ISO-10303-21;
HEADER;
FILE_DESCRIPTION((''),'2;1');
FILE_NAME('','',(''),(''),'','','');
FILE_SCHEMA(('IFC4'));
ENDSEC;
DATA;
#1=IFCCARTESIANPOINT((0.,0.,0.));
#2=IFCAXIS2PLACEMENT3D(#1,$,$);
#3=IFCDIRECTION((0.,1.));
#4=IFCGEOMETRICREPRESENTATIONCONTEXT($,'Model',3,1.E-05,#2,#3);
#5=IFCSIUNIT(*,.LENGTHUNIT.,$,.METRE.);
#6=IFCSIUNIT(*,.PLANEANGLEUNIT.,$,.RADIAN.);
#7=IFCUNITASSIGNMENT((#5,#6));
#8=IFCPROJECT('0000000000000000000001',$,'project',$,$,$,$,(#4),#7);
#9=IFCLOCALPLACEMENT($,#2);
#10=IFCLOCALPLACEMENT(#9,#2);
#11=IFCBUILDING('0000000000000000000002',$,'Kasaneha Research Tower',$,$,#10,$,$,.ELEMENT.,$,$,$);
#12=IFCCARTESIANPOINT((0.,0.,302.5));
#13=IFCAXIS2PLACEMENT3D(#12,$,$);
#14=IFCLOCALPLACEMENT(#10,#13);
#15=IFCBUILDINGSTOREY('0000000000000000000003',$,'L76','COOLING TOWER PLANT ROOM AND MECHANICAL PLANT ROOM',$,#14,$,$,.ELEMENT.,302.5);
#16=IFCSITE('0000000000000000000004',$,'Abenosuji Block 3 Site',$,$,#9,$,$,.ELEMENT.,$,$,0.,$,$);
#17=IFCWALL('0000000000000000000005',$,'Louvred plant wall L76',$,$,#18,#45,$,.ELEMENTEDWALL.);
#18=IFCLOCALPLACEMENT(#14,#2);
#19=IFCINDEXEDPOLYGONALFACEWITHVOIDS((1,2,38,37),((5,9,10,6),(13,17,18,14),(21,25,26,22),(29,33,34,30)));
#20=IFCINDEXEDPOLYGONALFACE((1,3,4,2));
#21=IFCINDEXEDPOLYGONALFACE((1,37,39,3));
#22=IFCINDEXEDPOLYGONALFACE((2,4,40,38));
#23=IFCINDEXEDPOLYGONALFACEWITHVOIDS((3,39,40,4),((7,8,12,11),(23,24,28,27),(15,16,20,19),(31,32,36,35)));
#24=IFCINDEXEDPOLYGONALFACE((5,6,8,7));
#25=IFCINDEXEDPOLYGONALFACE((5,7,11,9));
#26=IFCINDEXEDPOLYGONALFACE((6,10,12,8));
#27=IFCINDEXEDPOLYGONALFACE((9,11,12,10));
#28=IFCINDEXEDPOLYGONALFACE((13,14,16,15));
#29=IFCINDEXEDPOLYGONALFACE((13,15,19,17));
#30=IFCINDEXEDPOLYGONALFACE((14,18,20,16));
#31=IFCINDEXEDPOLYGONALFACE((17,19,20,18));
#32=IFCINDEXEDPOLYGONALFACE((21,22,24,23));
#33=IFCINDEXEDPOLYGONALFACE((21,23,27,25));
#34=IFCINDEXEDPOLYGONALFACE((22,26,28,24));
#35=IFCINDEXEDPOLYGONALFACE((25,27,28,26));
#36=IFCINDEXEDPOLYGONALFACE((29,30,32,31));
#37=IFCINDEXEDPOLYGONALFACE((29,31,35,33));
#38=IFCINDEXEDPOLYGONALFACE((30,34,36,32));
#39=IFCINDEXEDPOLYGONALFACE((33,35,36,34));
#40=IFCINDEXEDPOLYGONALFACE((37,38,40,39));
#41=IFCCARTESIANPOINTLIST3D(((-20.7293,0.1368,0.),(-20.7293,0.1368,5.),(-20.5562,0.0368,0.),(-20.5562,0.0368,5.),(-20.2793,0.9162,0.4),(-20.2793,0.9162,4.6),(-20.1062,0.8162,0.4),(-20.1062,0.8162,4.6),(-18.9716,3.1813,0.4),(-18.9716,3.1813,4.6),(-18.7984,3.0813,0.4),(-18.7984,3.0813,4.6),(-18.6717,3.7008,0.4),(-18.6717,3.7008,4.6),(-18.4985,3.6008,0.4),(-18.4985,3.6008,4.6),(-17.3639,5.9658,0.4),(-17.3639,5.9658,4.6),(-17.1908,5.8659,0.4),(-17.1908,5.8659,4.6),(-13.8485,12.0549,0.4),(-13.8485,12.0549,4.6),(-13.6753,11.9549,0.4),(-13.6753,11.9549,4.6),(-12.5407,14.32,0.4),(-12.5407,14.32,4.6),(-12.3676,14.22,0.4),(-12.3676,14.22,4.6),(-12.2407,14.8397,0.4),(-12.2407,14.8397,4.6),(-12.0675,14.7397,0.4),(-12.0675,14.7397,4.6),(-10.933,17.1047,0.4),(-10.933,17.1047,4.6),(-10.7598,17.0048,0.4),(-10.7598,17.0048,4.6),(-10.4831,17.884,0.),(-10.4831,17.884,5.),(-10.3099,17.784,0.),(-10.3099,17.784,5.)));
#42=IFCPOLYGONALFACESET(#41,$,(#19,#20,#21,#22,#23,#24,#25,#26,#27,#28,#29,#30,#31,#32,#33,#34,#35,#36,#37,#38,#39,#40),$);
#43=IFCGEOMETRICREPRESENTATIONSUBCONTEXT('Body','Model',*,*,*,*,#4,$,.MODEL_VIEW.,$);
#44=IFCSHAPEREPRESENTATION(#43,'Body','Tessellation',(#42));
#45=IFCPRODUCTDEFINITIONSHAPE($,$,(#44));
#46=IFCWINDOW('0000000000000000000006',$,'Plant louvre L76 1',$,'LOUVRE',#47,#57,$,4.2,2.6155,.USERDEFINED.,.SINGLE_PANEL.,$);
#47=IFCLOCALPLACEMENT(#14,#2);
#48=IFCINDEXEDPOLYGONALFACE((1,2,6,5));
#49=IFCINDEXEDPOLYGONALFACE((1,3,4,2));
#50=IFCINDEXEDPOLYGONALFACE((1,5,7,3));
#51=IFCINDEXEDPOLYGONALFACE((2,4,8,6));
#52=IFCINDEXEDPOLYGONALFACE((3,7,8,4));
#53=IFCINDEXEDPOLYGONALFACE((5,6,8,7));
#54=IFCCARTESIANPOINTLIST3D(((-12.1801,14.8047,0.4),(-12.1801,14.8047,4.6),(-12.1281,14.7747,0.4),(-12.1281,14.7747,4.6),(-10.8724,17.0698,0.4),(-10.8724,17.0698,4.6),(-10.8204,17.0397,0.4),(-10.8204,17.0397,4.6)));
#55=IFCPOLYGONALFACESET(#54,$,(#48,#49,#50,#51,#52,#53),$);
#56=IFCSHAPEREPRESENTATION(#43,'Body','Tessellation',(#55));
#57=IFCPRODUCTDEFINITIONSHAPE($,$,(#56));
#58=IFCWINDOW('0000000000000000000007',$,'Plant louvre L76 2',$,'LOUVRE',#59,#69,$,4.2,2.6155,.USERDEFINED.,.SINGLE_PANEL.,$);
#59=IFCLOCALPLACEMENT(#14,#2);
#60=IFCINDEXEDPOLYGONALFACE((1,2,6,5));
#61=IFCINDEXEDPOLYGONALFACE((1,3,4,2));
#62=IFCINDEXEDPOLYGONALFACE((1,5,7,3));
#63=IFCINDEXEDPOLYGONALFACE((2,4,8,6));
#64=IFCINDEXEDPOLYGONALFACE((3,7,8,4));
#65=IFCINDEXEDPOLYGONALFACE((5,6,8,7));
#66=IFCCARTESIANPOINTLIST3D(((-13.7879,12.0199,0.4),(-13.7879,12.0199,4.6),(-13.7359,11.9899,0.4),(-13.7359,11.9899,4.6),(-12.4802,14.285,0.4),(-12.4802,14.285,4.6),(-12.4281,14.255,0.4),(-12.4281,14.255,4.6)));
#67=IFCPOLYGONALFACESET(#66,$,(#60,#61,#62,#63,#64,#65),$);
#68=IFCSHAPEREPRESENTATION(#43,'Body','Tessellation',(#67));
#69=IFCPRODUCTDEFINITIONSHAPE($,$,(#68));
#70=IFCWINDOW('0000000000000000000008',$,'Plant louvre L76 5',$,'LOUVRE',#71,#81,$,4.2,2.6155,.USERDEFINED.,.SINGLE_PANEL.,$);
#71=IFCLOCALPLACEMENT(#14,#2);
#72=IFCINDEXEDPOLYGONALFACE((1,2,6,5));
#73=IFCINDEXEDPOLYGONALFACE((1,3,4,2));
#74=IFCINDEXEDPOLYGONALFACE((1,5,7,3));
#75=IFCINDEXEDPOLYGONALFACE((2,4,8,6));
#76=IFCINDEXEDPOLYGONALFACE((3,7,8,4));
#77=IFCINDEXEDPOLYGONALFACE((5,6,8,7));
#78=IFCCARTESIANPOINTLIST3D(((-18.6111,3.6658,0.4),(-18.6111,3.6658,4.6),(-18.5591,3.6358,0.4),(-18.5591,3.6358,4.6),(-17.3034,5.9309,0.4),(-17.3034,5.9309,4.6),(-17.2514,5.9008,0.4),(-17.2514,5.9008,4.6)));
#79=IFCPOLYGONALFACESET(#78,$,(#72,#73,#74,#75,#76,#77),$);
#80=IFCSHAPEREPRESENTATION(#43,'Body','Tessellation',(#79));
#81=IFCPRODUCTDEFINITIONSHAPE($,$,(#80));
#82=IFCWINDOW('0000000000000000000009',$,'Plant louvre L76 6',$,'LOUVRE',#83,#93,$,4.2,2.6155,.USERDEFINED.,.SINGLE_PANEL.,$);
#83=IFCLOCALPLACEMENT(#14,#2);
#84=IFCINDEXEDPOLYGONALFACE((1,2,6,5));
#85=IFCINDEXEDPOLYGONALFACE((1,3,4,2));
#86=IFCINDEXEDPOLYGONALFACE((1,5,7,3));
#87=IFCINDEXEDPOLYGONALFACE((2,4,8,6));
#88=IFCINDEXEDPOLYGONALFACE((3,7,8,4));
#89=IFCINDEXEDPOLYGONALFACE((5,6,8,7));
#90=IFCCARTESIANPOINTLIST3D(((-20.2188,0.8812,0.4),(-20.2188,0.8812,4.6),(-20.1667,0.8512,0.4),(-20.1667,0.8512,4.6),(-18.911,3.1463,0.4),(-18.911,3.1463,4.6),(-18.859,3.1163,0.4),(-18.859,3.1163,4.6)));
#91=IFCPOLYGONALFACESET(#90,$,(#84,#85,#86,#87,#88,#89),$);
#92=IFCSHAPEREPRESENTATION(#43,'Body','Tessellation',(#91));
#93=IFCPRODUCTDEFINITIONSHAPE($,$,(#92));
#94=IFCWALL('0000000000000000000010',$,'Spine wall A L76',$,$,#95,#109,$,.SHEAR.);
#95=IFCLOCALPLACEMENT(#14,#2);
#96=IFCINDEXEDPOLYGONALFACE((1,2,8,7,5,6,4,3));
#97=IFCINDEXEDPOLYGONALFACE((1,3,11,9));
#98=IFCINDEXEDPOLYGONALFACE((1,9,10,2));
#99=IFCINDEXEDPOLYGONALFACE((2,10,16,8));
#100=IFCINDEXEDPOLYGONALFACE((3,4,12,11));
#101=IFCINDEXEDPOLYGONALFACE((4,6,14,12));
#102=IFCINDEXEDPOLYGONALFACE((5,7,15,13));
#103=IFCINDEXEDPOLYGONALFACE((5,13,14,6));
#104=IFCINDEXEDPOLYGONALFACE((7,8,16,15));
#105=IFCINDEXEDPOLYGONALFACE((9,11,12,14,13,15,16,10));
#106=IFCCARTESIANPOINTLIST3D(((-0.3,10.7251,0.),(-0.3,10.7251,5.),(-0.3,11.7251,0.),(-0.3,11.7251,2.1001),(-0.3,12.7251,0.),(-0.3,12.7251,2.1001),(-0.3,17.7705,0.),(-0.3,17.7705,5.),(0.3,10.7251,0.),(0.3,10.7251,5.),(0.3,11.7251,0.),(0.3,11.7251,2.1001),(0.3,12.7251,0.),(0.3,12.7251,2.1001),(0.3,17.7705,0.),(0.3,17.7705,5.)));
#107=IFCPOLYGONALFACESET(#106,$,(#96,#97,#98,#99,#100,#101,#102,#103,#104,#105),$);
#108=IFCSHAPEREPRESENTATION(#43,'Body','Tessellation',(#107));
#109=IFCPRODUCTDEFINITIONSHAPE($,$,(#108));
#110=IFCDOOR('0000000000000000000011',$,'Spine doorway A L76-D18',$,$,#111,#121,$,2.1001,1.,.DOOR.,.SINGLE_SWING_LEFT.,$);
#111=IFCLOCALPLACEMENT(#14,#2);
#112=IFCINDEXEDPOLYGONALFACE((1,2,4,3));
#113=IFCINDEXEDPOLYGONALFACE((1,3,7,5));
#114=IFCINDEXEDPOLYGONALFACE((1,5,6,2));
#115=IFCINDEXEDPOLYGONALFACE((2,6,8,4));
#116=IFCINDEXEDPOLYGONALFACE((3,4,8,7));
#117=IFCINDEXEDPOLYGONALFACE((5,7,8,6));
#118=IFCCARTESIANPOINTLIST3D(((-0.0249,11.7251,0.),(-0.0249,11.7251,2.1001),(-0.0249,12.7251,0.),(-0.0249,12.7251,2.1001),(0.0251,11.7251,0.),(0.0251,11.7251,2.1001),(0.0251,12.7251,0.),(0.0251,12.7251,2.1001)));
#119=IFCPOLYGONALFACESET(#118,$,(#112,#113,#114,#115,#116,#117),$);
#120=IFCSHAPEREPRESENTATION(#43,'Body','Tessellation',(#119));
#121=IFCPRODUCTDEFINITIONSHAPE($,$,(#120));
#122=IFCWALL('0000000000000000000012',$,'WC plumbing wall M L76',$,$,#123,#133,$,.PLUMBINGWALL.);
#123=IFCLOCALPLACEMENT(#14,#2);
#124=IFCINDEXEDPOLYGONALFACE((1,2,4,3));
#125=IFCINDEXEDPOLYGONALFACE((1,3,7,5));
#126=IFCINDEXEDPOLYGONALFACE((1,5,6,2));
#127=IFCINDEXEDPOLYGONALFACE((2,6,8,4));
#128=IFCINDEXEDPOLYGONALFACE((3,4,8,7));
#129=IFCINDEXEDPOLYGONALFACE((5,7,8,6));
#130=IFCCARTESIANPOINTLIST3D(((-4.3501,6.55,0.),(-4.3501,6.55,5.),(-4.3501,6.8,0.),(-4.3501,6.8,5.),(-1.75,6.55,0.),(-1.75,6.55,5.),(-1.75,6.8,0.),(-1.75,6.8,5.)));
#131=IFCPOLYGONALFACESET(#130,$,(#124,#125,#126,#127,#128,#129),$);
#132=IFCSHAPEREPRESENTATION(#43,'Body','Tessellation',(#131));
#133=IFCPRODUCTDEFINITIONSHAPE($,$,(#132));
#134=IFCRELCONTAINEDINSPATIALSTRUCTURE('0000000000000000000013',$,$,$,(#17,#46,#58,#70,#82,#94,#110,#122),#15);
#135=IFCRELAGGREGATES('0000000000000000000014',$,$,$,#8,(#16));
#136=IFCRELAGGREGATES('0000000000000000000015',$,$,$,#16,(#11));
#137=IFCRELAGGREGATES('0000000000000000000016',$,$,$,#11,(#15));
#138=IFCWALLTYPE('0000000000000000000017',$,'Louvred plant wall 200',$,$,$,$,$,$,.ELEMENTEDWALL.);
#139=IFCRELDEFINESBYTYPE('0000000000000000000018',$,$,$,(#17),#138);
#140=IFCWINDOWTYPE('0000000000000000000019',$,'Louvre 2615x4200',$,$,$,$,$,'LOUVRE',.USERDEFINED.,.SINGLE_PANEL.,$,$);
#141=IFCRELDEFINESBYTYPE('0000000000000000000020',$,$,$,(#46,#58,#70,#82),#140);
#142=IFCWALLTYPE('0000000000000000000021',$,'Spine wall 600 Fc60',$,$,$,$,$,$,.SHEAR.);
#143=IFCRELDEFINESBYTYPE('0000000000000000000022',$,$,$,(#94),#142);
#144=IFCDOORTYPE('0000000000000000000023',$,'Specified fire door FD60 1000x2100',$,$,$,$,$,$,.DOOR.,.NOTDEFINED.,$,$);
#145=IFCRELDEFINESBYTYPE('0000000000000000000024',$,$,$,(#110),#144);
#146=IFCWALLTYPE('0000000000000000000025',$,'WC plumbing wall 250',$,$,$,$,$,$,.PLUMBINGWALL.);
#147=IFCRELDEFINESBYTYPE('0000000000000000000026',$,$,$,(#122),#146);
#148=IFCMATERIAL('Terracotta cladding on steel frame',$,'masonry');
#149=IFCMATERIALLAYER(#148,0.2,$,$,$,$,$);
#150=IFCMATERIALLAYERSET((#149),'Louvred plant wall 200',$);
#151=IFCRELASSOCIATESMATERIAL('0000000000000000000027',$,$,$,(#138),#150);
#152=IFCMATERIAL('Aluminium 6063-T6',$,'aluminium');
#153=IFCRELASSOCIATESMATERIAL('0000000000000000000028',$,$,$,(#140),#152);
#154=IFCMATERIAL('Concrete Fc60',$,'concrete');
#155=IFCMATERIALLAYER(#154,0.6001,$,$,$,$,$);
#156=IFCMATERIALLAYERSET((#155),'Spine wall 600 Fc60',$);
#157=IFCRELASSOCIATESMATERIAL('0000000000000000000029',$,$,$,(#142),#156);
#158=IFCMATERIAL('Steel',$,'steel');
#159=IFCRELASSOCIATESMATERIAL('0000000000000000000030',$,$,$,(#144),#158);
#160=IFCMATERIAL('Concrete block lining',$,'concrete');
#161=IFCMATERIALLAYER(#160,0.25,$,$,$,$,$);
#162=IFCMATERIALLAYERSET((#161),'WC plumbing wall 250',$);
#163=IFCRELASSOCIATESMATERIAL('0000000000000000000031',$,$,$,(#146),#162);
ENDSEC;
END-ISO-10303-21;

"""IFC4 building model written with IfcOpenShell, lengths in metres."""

from ifc_helpers import new_model, si_unit, direction, frame, frame_2d, origin, place, context, subcontext, project, spatial, rectangle, extrude, material, layer, layer_set, type_object, element, fill, save


model = new_model("IFC4")

# Units and contexts
model_context = context("Model", 3, precision=1e-05, world=origin(), true_north=direction((0.0, 1.0)))
body_context = subcontext(model_context, "Body", "Model", "MODEL_VIEW")
ifc_project = project(units=[si_unit("LENGTHUNIT", "METRE"), si_unit("PLANEANGLEUNIT", "RADIAN")], contexts=[model_context])

# Site, building, storey
site_placement = place(None, origin())
site = spatial("IfcSite", under=ifc_project, at=site_placement, Name="Abenosuji Block 3 Site", CompositionType="ELEMENT", RefElevation=0.0)
building_placement = place(site_placement, origin())
building = spatial("IfcBuilding", under=site, at=building_placement, Name="Kasaneha Research Tower", CompositionType="ELEMENT")
storey_placement = place(building_placement, frame((0.0, 0.0, 302.5)))
storey = spatial("IfcBuildingStorey", under=building, at=storey_placement, Name="L76", Description="COOLING TOWER PLANT ROOM AND MECHANICAL PLANT ROOM", CompositionType="ELEMENT", Elevation=302.5)

# Wall, openings, windows
ifc_material_1 = material(Name="Terracotta cladding on steel frame", Category="masonry")
ifc_layer_1 = layer(ifc_material_1, 0.2)
ifc_layer_set_1 = layer_set([ifc_layer_1], Name="Louvred plant wall 200")
wall_type_1 = type_object("IfcWallType", Name="Louvred plant wall 200", PredefinedType="ELEMENTEDWALL", material=ifc_layer_set_1)
wall_1_placement = place(storey_placement, frame((-10.3965, 17.834, 0.0), z_axis=(0.0, 0.0, 1.0), x_axis=(-0.499997, -0.866027, 0.0)))
wall_1 = element("IfcWall", 1, at=wall_1_placement, inside=storey, type_object=wall_type_1, Name="Louvred plant wall L76", PredefinedType="ELEMENTEDWALL", context=body_context, shape_type="SweptSolid", body=[
    extrude(rectangle(XDim=20.4927, YDim=0.2, at=frame_2d((10.2463, 0.0))), origin(), (0.0, 0.0, 1.0), 5.0),
])
opening_1_placement = place(wall_1_placement, frame((0.8999, 0.0, 0.3999)))
opening_1 = element("IfcOpeningElement", 2, at=opening_1_placement, cuts=wall_1, PredefinedType="OPENING", context=body_context, shape_type="SweptSolid", body=[
    extrude(rectangle(XDim=2.6155, YDim=4.2, at=frame_2d((1.3076, 2.1001))), frame((0.0, 0.1099, 0.0), z_axis=(0.0, -1.0, 0.0), x_axis=(1.0, 0.0, 0.0)), (0.0, 0.0, 1.0), 0.22),
])
opening_2_placement = place(wall_1_placement, frame((4.1155, 0.0, 0.3999)))
opening_2 = element("IfcOpeningElement", 3, at=opening_2_placement, cuts=wall_1, PredefinedType="OPENING", context=body_context, shape_type="SweptSolid", body=[
    extrude(rectangle(XDim=2.6155, YDim=4.2, at=frame_2d((1.3076, 2.1001))), frame((0.0, 0.1099, 0.0), z_axis=(0.0, -1.0, 0.0), x_axis=(1.0, 0.0, 0.0)), (0.0, 0.0, 1.0), 0.22),
])
opening_3_placement = place(wall_1_placement, frame((13.762, 0.0, 0.3999)))
opening_3 = element("IfcOpeningElement", 4, at=opening_3_placement, cuts=wall_1, PredefinedType="OPENING", context=body_context, shape_type="SweptSolid", body=[
    extrude(rectangle(XDim=2.6155, YDim=4.2, at=frame_2d((1.3076, 2.1001))), frame((0.0, 0.1099, 0.0), z_axis=(0.0, -1.0, 0.0), x_axis=(1.0, 0.0, 0.0)), (0.0, 0.0, 1.0), 0.22),
])
opening_4_placement = place(wall_1_placement, frame((16.9773, 0.0, 0.3999)))
opening_4 = element("IfcOpeningElement", 5, at=opening_4_placement, cuts=wall_1, PredefinedType="OPENING", context=body_context, shape_type="SweptSolid", body=[
    extrude(rectangle(XDim=2.6155, YDim=4.2, at=frame_2d((1.3076, 2.1001))), frame((0.0, 0.1099, 0.0), z_axis=(0.0, -1.0, 0.0), x_axis=(1.0, 0.0, 0.0)), (0.0, 0.0, 1.0), 0.22),
])
ifc_material_2 = material(Name="Aluminium 6063-T6", Category="aluminium")
window_type = type_object("IfcWindowType", Name="Louvre 2615x4200", ElementType="LOUVRE", PartitioningType="SINGLE_PANEL", PredefinedType="USERDEFINED", material=ifc_material_2)
window_1_placement = place(opening_1_placement, origin())
window_1 = element("IfcWindow", 6, at=window_1_placement, inside=storey, type_object=window_type, Name="Plant louvre L76 1", ObjectType="LOUVRE", OverallHeight=4.2, OverallWidth=2.6155, PartitioningType="SINGLE_PANEL", PredefinedType="USERDEFINED", context=body_context, shape_type="SweptSolid", body=[
    extrude(rectangle(XDim=2.6155, YDim=4.2, at=frame_2d((1.3076, 2.1001))), frame((0.0, 0.03, 0.0), z_axis=(0.0, -1.0, 0.0), x_axis=(1.0, 0.0, 0.0)), (0.0, 0.0, 1.0), 0.0601),
])
fill(opening_1, window_1)
window_2_placement = place(opening_2_placement, origin())
window_2 = element("IfcWindow", 7, at=window_2_placement, inside=storey, type_object=window_type, Name="Plant louvre L76 2", ObjectType="LOUVRE", OverallHeight=4.2, OverallWidth=2.6155, PartitioningType="SINGLE_PANEL", PredefinedType="USERDEFINED", context=body_context, shape_type="SweptSolid", body=[
    extrude(rectangle(XDim=2.6155, YDim=4.2, at=frame_2d((1.3076, 2.1001))), frame((0.0, 0.03, 0.0), z_axis=(0.0, -1.0, 0.0), x_axis=(1.0, 0.0, 0.0)), (0.0, 0.0, 1.0), 0.0601),
])
fill(opening_2, window_2)
window_3_placement = place(opening_3_placement, origin())
window_3 = element("IfcWindow", 8, at=window_3_placement, inside=storey, type_object=window_type, Name="Plant louvre L76 5", ObjectType="LOUVRE", OverallHeight=4.2, OverallWidth=2.6155, PartitioningType="SINGLE_PANEL", PredefinedType="USERDEFINED", context=body_context, shape_type="SweptSolid", body=[
    extrude(rectangle(XDim=2.6155, YDim=4.2, at=frame_2d((1.3076, 2.1001))), frame((0.0, 0.03, 0.0), z_axis=(0.0, -1.0, 0.0), x_axis=(1.0, 0.0, 0.0)), (0.0, 0.0, 1.0), 0.0601),
])
fill(opening_3, window_3)
window_4_placement = place(opening_4_placement, origin())
window_4 = element("IfcWindow", 9, at=window_4_placement, inside=storey, type_object=window_type, Name="Plant louvre L76 6", ObjectType="LOUVRE", OverallHeight=4.2, OverallWidth=2.6155, PartitioningType="SINGLE_PANEL", PredefinedType="USERDEFINED", context=body_context, shape_type="SweptSolid", body=[
    extrude(rectangle(XDim=2.6155, YDim=4.2, at=frame_2d((1.3076, 2.1001))), frame((0.0, 0.03, 0.0), z_axis=(0.0, -1.0, 0.0), x_axis=(1.0, 0.0, 0.0)), (0.0, 0.0, 1.0), 0.0601),
])
fill(opening_4, window_4)

# Wall, opening, door
ifc_material_3 = material(Name="Concrete Fc60", Category="concrete")
ifc_layer_2 = layer(ifc_material_3, 0.6001)
ifc_layer_set_2 = layer_set([ifc_layer_2], Name="Spine wall 600 Fc60")
wall_type_2 = type_object("IfcWallType", Name="Spine wall 600 Fc60", PredefinedType="SHEAR", material=ifc_layer_set_2)
wall_2_placement = place(storey_placement, frame((0.0, 10.7251, 0.0), z_axis=(0.0, 0.0, 1.0), x_axis=(0.0, 1.0, 0.0)))
wall_2 = element("IfcWall", 10, at=wall_2_placement, inside=storey, type_object=wall_type_2, Name="Spine wall A L76", PredefinedType="SHEAR", context=body_context, shape_type="SweptSolid", body=[
    extrude(rectangle(XDim=7.0454, YDim=0.6001, at=frame_2d((3.5227, 0.0))), origin(), (0.0, 0.0, 1.0), 5.0),
])
opening_5_placement = place(wall_2_placement, frame((1.0, 0.0, 0.0)))
opening_5 = element("IfcOpeningElement", 11, at=opening_5_placement, cuts=wall_2, PredefinedType="OPENING", context=body_context, shape_type="SweptSolid", body=[
    extrude(rectangle(XDim=1.0, YDim=2.1001, at=frame_2d((0.5, 1.05))), frame((0.0, 0.3101, 0.0), z_axis=(0.0, -1.0, 0.0), x_axis=(1.0, 0.0, 0.0)), (0.0, 0.0, 1.0), 0.6201),
])
ifc_material_4 = material(Name="Steel", Category="steel")
door_type_1 = type_object("IfcDoorType", Name="Specified fire door FD60 1000x2100", OperationType="NOTDEFINED", PredefinedType="DOOR", material=ifc_material_4)
door_1_placement = place(opening_5_placement, origin())
door_1 = element("IfcDoor", 12, at=door_1_placement, inside=storey, type_object=door_type_1, Name="Spine doorway A L76-D18", OperationType="SINGLE_SWING_LEFT", OverallHeight=2.1001, OverallWidth=1.0, PredefinedType="DOOR", context=body_context, shape_type="SweptSolid", body=[
    extrude(rectangle(XDim=1.0, YDim=2.1001, at=frame_2d((0.5, 1.05))), frame((0.0, 0.0249, 0.0), z_axis=(0.0, -1.0, 0.0), x_axis=(1.0, 0.0, 0.0)), (0.0, 0.0, 1.0), 0.05),
])
fill(opening_5, door_1)

# Wall
ifc_material_5 = material(Name="Concrete block lining", Category="concrete")
ifc_layer_3 = layer(ifc_material_5, 0.25)
ifc_layer_set_3 = layer_set([ifc_layer_3], Name="WC plumbing wall 250")
wall_type_3 = type_object("IfcWallType", Name="WC plumbing wall 250", PredefinedType="PLUMBINGWALL", material=ifc_layer_set_3)
wall_3_placement = place(storey_placement, frame((-4.3501, 6.675, 0.0), z_axis=(0.0, 0.0, 1.0), x_axis=(1.0, 0.0, 0.0)))
element("IfcWall", 13, at=wall_3_placement, inside=storey, type_object=wall_type_3, Name="WC plumbing wall M L76", PredefinedType="PLUMBINGWALL", context=body_context, shape_type="SweptSolid", body=[
    extrude(rectangle(XDim=2.6001, YDim=0.25, at=frame_2d((1.3, 0.0))), origin(), (0.0, 0.0, 1.0), 5.0),
])

save(model, "model.ifc")
